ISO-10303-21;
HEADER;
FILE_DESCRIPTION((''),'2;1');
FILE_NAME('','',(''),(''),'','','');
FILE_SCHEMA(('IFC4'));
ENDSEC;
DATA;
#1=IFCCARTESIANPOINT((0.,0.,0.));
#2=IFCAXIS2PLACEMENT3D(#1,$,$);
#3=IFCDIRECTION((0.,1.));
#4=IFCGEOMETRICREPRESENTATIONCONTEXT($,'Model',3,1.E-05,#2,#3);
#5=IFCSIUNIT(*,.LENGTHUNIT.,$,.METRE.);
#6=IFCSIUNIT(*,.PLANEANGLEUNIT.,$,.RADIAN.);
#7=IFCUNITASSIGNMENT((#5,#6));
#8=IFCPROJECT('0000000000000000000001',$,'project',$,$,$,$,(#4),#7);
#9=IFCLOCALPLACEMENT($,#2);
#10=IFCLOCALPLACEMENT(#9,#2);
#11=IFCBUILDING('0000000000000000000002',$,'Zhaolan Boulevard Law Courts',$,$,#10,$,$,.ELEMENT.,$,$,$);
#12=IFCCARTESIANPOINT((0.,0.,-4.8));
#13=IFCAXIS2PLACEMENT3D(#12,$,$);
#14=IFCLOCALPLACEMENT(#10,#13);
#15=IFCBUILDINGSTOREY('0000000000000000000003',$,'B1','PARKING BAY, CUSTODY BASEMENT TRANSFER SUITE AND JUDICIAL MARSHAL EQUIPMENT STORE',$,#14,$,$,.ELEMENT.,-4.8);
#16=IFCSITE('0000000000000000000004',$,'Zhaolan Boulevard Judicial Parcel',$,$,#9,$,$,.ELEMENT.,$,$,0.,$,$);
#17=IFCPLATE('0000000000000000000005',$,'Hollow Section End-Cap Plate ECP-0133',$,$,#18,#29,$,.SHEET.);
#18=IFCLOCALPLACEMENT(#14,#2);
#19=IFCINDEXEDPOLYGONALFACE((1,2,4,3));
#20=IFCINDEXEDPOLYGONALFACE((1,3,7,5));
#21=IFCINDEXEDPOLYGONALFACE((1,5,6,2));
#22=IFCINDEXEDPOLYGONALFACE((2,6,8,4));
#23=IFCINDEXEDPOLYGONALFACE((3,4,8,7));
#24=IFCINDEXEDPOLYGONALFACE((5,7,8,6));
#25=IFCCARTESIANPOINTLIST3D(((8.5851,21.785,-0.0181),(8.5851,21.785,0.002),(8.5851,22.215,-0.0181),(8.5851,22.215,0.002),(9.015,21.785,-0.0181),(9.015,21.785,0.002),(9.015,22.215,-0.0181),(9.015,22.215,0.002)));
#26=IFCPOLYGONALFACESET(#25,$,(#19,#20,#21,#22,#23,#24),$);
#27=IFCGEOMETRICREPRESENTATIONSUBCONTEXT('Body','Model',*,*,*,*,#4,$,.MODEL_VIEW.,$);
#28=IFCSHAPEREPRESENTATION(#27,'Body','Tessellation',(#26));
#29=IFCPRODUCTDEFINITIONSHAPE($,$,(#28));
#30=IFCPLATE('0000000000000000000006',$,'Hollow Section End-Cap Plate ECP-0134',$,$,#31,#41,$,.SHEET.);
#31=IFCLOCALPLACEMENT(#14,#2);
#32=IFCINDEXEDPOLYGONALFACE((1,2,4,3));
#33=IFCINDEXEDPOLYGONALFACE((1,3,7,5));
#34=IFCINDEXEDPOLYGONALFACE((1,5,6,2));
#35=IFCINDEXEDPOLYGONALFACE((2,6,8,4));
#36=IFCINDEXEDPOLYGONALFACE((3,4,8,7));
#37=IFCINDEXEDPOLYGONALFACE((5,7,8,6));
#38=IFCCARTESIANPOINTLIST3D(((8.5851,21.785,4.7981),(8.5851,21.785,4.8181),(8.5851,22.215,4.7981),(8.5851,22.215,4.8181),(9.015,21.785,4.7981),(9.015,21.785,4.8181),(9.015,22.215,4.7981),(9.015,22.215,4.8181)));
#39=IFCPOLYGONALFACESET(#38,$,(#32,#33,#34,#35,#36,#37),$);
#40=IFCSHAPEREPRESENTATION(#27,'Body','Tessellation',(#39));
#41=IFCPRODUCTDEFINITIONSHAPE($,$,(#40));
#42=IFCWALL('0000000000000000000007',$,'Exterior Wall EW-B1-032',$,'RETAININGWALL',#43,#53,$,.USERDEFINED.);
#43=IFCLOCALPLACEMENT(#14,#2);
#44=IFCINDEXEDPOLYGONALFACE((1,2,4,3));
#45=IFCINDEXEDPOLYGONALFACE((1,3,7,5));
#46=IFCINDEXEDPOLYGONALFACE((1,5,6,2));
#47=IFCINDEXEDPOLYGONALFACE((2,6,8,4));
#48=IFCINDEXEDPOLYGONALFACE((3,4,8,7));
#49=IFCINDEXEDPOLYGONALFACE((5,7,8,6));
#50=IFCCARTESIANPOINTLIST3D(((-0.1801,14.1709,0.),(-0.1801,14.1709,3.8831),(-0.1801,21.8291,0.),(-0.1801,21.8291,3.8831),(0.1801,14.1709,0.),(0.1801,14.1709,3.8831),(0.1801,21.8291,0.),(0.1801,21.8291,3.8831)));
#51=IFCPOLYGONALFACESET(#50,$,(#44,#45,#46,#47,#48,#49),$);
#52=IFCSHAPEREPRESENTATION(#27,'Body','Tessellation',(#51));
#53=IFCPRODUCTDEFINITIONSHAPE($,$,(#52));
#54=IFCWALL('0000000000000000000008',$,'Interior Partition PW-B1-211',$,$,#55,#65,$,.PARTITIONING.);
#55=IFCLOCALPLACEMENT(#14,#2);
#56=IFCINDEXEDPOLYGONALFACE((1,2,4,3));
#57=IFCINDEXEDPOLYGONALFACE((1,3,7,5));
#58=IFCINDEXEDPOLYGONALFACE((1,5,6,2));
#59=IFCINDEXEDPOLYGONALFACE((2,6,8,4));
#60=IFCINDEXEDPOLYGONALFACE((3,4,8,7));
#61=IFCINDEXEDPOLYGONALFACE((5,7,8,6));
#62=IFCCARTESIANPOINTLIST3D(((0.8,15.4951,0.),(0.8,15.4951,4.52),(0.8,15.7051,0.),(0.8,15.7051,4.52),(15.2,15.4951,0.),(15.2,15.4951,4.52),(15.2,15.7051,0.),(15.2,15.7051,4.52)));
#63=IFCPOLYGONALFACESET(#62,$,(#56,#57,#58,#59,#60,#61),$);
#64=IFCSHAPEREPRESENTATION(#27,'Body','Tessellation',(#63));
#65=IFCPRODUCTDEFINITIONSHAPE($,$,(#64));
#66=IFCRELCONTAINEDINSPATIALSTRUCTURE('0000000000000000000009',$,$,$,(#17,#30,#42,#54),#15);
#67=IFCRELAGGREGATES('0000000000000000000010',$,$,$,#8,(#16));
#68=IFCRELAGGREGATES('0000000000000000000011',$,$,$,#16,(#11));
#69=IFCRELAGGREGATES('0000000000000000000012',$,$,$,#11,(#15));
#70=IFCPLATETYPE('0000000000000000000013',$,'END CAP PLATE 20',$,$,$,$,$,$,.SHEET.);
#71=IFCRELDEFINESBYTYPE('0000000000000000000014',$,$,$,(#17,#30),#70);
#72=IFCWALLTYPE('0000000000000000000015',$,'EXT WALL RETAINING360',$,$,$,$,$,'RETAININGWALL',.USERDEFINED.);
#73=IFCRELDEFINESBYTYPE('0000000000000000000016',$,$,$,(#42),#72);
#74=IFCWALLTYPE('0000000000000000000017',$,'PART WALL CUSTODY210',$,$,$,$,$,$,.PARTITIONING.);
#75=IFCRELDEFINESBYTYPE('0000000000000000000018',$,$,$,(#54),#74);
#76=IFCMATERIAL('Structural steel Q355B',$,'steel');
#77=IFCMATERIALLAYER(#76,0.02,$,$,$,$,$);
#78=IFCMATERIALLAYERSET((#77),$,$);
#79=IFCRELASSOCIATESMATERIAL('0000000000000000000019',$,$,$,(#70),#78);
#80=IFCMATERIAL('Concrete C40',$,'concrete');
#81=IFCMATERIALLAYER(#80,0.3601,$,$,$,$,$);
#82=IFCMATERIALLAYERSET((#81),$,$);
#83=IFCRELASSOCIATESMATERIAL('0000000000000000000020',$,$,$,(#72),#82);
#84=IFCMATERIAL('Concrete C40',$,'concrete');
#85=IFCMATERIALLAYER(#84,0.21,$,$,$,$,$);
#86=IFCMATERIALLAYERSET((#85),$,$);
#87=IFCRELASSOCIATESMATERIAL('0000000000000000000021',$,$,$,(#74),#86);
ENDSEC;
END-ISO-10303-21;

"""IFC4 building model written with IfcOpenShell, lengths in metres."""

from ifc_helpers import new_model, si_unit, direction, frame, frame_2d, origin, origin_2d, place, context, subcontext, project, spatial, rectangle, extrude, material, layer, layer_set, type_object, element, save


model = new_model("IFC4")

# Units and contexts
model_context = context("Model", 3, precision=1e-05, world=origin(), true_north=direction((0.0, 1.0)))
body_context = subcontext(model_context, "Body", "Model", "MODEL_VIEW")
ifc_project = project(units=[si_unit("LENGTHUNIT", "METRE"), si_unit("PLANEANGLEUNIT", "RADIAN")], contexts=[model_context])

# Site, building, storey
site_placement = place(None, origin())
site = spatial("IfcSite", under=ifc_project, at=site_placement, Name="Zhaolan Boulevard Judicial Parcel", CompositionType="ELEMENT", RefElevation=0.0)
building_placement = place(site_placement, origin())
building = spatial("IfcBuilding", under=site, at=building_placement, Name="Zhaolan Boulevard Law Courts", CompositionType="ELEMENT")
storey_placement = place(building_placement, frame((0.0, 0.0, -4.8)))
storey = spatial("IfcBuildingStorey", under=building, at=storey_placement, Name="B1", Description="PARKING BAY, CUSTODY BASEMENT TRANSFER SUITE AND JUDICIAL MARSHAL EQUIPMENT STORE", CompositionType="ELEMENT", Elevation=-4.8)

# Plates
ifc_material_1 = material(Name="Structural steel Q355B", Category="steel")
ifc_layer_1 = layer(ifc_material_1, 0.02)
ifc_layer_set_1 = layer_set([ifc_layer_1])
plate_type = type_object("IfcPlateType", Name="END CAP PLATE 20", PredefinedType="SHEET", material=ifc_layer_set_1)
for number, where, z_axis, x_axis, name in (
    (1, (8.8, 22.0, -0.0181), (0.0, 0.0, 1.0), (1.0, 0.0, 0.0), "Hollow Section End-Cap Plate ECP-0133"),
    (2, (8.8, 22.0, 4.7981), (0.0, 0.0, 1.0), (1.0, 0.0, 0.0), "Hollow Section End-Cap Plate ECP-0134"),
):
    element("IfcPlate", number, at=place(storey_placement, frame(where, z_axis=z_axis, x_axis=x_axis)), inside=storey, type_object=plate_type, Name=name, PredefinedType="SHEET", context=body_context, shape_type="SweptSolid", body=[
        extrude(rectangle(XDim=0.4299, YDim=0.4299, at=origin_2d()), origin(), (0.0, 0.0, 1.0), 0.02),
    ])

# Walls
ifc_material_2 = material(Name="Concrete C40", Category="concrete")
ifc_layer_2 = layer(ifc_material_2, 0.3601)
ifc_layer_set_2 = layer_set([ifc_layer_2])
wall_type_1 = type_object("IfcWallType", Name="EXT WALL RETAINING360", ElementType="RETAININGWALL", PredefinedType="USERDEFINED", material=ifc_layer_set_2)
wall_1_placement = place(storey_placement, frame((0.0, 21.8291, 0.0), z_axis=(0.0, 0.0, 1.0), x_axis=(0.0, -1.0, 0.0)))
element("IfcWall", 3, at=wall_1_placement, inside=storey, type_object=wall_type_1, Name="Exterior Wall EW-B1-032", ObjectType="RETAININGWALL", PredefinedType="USERDEFINED", context=body_context, shape_type="SweptSolid", body=[
    extrude(rectangle(XDim=7.6582, YDim=0.3601, at=frame_2d((3.8291, 0.0))), origin(), (0.0, 0.0, 1.0), 3.8831),
])
ifc_material_3 = material(Name="Concrete C40", Category="concrete")
ifc_layer_3 = layer(ifc_material_3, 0.21)
ifc_layer_set_3 = layer_set([ifc_layer_3])
wall_type_2 = type_object("IfcWallType", Name="PART WALL CUSTODY210", PredefinedType="PARTITIONING", material=ifc_layer_set_3)
wall_2_placement = place(storey_placement, frame((0.8, 15.6001, 0.0), z_axis=(0.0, 0.0, 1.0), x_axis=(1.0, 0.0, 0.0)))
element("IfcWall", 4, at=wall_2_placement, inside=storey, type_object=wall_type_2, Name="Interior Partition PW-B1-211", PredefinedType="PARTITIONING", context=body_context, shape_type="SweptSolid", body=[
    extrude(rectangle(XDim=14.3999, YDim=0.21, at=frame_2d((7.2, 0.0))), origin(), (0.0, 0.0, 1.0), 4.52),
])

save(model, "model.ifc")
